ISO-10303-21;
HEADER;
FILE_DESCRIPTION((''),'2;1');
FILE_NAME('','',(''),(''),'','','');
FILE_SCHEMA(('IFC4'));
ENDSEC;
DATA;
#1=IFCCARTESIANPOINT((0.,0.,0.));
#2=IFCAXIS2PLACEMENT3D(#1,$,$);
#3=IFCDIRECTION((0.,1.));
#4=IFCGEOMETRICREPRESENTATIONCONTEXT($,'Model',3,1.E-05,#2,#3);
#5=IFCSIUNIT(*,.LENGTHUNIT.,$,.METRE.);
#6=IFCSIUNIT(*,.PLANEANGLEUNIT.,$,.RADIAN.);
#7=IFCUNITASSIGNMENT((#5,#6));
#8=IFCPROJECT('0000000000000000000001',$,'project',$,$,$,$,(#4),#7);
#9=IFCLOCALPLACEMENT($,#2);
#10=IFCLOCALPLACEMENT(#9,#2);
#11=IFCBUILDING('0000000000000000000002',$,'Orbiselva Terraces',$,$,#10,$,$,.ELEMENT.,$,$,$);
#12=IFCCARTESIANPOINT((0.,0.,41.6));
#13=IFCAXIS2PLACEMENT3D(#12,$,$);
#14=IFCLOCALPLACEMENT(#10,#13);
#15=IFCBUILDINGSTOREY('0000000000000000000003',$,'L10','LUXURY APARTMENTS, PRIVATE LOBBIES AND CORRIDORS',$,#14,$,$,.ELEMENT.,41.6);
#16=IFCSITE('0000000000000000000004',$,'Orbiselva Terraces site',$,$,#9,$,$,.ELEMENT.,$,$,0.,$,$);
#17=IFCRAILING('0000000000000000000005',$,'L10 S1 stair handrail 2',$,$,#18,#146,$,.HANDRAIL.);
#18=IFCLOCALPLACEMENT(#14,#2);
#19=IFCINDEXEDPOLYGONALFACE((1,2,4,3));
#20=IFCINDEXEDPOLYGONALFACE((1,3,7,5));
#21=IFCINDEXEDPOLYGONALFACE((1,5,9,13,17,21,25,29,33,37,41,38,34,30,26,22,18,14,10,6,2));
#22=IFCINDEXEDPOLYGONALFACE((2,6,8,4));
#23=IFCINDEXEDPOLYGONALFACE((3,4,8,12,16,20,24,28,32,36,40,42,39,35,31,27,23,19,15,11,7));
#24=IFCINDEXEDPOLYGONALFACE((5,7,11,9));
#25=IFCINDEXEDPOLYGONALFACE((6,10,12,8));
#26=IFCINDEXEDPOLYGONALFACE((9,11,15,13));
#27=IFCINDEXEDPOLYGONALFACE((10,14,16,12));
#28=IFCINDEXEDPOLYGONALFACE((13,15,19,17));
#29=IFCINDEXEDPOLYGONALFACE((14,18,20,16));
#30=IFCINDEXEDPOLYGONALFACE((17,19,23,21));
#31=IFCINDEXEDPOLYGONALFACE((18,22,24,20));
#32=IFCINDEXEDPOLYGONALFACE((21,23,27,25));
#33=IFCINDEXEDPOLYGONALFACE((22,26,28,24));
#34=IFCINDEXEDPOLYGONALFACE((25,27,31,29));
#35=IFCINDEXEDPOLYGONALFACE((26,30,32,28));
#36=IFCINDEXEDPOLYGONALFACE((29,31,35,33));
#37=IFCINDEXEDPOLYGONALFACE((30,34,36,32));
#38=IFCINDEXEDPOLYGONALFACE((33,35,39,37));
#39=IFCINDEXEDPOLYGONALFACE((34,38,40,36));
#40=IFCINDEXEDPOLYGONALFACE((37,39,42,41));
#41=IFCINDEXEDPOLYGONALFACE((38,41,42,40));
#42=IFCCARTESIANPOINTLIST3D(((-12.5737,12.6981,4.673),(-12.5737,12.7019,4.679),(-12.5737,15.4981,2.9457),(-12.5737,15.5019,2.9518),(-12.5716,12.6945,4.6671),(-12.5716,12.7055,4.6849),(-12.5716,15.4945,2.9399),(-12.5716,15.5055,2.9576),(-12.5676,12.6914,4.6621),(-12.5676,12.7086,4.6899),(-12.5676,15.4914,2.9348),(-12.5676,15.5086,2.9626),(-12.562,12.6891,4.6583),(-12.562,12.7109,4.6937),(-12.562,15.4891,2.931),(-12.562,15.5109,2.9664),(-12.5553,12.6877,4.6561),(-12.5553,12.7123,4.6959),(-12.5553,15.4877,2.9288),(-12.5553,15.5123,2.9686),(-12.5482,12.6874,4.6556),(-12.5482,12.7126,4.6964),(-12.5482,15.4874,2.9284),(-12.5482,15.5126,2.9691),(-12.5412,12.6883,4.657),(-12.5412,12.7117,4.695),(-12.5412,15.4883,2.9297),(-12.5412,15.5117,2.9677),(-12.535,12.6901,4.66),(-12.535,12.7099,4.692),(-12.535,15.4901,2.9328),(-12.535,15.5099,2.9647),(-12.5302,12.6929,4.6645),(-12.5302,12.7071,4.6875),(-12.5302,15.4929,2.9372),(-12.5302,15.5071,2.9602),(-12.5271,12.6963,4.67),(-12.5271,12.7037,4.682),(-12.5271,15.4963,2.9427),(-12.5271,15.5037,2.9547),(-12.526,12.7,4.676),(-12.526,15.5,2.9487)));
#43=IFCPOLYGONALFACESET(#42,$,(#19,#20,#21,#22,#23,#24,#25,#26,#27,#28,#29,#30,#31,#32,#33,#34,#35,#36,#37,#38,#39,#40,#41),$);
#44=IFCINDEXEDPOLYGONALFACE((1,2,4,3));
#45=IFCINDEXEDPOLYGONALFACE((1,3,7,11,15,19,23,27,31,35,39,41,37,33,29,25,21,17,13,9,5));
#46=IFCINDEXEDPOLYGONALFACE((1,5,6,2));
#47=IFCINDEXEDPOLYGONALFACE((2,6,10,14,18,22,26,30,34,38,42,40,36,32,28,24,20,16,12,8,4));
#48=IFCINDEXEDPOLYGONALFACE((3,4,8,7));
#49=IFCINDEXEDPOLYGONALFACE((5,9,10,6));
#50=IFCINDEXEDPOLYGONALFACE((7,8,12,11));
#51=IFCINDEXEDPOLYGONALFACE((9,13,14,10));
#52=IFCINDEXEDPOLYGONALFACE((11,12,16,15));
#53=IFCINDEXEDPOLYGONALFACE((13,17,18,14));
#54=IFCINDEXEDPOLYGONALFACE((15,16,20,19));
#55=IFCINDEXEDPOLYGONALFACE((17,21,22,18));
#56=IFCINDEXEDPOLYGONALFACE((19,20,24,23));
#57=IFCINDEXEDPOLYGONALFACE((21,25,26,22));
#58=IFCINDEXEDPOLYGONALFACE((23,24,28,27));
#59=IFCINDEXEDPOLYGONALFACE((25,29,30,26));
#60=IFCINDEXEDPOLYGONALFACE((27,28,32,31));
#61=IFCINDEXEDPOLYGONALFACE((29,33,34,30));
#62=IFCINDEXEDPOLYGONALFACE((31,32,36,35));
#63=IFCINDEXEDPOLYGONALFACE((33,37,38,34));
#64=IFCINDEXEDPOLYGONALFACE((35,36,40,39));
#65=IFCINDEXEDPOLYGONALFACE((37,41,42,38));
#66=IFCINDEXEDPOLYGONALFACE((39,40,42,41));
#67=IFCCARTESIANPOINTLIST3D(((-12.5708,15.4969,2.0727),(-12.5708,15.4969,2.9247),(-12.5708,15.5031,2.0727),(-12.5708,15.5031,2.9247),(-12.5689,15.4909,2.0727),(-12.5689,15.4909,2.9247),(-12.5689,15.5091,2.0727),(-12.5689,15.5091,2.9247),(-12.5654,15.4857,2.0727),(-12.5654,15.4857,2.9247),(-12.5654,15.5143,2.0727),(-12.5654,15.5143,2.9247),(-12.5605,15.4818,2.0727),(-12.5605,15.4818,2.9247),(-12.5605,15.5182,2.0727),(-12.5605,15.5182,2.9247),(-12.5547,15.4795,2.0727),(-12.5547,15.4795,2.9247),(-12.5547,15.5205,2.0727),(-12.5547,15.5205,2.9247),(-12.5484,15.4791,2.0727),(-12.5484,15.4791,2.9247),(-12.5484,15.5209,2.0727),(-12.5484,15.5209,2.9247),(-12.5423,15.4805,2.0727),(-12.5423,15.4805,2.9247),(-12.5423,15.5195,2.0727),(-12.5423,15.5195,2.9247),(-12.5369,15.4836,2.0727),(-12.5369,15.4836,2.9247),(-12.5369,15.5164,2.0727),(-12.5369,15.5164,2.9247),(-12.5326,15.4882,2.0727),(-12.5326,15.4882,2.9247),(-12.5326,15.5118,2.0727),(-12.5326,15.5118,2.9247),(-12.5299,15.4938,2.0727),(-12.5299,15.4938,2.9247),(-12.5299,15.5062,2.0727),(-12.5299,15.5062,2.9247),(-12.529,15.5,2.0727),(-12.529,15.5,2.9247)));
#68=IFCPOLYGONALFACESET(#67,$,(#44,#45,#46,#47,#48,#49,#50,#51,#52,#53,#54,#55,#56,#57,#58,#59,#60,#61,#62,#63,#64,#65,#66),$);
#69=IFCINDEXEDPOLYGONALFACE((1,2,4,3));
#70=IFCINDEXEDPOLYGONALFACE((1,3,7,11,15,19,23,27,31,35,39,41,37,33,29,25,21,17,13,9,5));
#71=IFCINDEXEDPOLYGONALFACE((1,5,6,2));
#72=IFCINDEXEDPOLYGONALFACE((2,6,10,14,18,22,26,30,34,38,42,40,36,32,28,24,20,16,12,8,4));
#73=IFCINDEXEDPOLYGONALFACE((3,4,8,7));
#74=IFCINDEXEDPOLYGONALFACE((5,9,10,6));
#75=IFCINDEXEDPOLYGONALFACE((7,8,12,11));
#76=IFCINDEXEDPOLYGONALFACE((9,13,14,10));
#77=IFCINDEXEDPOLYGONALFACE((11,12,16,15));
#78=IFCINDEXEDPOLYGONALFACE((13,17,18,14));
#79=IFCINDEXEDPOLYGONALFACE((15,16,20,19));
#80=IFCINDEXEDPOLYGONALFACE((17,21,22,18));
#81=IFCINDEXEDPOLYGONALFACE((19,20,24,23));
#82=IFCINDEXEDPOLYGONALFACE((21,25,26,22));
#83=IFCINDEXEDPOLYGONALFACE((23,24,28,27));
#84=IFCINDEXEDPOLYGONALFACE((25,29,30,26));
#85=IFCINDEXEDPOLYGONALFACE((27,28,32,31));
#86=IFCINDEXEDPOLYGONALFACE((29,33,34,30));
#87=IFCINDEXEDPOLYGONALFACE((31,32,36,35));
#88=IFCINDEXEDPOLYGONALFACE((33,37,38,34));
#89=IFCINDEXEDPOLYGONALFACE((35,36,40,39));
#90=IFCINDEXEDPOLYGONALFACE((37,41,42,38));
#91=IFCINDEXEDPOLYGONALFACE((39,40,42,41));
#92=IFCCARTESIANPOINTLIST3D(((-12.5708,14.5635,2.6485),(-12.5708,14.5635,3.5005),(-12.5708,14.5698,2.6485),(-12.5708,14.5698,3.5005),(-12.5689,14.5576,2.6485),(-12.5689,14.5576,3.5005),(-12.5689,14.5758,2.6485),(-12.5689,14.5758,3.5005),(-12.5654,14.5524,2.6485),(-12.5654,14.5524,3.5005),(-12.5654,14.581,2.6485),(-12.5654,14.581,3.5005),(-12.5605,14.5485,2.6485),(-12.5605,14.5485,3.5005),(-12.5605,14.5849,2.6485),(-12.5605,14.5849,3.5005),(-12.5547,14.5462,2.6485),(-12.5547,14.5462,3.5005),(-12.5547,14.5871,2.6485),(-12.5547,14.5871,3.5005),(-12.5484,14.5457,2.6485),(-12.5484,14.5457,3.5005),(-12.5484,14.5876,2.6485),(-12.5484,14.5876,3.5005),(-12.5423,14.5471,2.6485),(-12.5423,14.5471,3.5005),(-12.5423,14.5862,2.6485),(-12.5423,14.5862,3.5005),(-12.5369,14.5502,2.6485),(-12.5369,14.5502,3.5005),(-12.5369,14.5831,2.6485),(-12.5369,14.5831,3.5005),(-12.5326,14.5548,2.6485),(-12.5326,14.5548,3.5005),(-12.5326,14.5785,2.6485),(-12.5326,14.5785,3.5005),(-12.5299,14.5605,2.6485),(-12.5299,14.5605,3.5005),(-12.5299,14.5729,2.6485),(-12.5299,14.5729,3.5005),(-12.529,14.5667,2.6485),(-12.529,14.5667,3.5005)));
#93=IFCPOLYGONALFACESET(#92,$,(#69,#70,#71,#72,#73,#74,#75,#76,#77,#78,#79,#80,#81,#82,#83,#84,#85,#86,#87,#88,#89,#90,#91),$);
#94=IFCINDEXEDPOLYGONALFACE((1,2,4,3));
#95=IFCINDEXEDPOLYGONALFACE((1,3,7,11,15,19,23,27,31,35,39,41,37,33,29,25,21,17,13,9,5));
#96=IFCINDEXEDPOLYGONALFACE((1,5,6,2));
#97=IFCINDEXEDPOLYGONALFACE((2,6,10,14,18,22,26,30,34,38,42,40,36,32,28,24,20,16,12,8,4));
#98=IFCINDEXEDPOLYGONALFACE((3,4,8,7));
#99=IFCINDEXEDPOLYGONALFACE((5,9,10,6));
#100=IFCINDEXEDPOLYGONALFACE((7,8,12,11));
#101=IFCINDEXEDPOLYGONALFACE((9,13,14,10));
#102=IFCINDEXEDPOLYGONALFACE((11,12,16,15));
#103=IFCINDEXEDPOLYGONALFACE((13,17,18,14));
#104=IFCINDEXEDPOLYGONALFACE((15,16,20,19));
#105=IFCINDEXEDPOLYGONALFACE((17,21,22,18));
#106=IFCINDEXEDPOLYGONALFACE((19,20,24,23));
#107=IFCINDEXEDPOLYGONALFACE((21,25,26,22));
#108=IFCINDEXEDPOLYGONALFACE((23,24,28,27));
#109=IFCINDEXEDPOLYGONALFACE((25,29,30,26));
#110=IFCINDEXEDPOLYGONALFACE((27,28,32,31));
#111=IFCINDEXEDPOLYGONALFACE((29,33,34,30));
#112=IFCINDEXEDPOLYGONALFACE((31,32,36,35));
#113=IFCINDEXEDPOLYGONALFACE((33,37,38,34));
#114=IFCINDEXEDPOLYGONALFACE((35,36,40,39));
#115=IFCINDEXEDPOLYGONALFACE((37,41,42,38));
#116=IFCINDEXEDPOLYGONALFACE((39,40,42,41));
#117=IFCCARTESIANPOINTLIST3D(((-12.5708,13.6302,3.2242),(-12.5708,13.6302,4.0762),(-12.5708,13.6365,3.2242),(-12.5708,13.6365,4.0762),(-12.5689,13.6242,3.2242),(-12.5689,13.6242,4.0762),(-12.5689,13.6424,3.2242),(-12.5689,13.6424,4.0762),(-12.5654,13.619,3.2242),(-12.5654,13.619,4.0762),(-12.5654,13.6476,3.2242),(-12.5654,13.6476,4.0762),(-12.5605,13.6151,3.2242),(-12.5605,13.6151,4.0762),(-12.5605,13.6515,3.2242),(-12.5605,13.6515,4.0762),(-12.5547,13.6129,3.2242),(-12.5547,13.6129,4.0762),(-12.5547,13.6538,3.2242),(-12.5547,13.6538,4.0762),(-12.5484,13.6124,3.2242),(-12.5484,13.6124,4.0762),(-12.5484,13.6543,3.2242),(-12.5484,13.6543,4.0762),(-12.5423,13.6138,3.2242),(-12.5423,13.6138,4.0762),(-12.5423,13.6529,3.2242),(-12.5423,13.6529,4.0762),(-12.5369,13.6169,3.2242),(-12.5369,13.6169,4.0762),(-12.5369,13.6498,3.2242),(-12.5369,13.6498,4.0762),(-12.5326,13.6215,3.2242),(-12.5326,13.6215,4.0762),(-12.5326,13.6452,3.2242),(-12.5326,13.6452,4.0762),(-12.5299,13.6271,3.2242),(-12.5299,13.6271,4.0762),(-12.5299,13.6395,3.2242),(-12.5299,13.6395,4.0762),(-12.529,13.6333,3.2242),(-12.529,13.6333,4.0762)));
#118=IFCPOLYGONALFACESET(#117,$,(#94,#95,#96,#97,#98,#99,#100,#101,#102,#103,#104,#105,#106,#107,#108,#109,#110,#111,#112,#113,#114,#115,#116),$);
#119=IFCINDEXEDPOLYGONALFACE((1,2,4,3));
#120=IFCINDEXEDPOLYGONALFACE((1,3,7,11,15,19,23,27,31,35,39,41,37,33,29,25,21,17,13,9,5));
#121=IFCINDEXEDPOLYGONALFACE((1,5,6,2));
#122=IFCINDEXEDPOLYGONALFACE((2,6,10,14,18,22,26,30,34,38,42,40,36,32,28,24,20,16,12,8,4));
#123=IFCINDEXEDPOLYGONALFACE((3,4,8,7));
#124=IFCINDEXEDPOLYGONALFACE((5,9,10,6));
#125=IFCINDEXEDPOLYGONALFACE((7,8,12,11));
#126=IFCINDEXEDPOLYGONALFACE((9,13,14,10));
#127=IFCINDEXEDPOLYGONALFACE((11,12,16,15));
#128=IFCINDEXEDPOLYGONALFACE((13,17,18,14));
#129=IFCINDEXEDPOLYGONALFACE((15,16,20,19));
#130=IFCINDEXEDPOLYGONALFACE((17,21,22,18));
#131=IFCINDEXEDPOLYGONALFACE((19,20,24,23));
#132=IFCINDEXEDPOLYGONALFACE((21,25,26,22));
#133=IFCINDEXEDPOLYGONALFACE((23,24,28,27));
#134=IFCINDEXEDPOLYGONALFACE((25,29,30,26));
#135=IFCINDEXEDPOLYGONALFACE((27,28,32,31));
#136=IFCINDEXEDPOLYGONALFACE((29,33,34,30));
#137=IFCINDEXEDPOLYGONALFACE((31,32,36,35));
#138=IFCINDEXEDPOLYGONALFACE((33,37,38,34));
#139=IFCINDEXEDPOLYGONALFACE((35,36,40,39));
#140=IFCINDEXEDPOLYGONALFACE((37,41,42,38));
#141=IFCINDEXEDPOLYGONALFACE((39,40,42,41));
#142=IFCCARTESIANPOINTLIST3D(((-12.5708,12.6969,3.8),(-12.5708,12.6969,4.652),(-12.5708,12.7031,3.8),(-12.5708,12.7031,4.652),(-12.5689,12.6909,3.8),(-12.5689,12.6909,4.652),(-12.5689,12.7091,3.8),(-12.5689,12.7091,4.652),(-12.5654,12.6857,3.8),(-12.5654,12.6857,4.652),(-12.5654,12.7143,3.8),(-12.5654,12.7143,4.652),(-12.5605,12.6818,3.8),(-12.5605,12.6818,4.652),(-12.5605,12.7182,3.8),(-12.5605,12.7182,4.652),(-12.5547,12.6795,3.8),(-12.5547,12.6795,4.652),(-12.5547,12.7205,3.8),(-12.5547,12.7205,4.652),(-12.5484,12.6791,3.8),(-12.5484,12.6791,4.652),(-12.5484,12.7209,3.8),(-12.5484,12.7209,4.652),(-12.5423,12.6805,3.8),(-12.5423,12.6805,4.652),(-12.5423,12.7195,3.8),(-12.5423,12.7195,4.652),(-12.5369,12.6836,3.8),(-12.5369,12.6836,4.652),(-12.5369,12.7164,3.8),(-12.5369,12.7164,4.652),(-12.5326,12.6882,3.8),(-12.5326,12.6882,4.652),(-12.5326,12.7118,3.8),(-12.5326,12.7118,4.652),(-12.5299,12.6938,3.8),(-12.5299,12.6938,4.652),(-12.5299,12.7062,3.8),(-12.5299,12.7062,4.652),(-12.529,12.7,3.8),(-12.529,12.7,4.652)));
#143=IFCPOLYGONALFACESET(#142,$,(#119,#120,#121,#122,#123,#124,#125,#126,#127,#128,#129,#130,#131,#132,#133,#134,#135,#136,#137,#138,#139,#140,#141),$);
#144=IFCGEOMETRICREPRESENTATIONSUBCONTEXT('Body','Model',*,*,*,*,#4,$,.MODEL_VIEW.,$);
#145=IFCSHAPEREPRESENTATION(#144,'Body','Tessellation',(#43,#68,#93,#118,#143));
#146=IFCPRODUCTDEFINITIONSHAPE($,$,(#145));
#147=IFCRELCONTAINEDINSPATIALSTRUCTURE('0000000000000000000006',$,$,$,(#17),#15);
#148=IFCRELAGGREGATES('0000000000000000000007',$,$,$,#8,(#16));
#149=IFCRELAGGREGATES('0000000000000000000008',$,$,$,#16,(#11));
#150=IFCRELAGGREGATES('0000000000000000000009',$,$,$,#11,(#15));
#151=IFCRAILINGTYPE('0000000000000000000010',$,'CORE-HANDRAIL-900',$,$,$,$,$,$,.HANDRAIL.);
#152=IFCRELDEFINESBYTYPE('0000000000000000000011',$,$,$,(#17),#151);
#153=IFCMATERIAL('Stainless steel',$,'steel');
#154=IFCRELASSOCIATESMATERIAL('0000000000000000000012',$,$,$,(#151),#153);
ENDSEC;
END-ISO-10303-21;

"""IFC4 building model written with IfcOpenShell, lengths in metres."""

from ifc_helpers import new_model, si_unit, direction, frame, origin, origin_2d, place, context, subcontext, project, spatial, circle, extrude, material, type_object, element, save


model = new_model("IFC4")

# Units and contexts
model_context = context("Model", 3, precision=1e-05, world=origin(), true_north=direction((0.0, 1.0)))
body_context = subcontext(model_context, "Body", "Model", "MODEL_VIEW")
ifc_project = project(units=[si_unit("LENGTHUNIT", "METRE"), si_unit("PLANEANGLEUNIT", "RADIAN")], contexts=[model_context])

# Site, building, storey
site_placement = place(None, origin())
site = spatial("IfcSite", under=ifc_project, at=site_placement, Name="Orbiselva Terraces site", CompositionType="ELEMENT", RefElevation=0.0)
building_placement = place(site_placement, origin())
building = spatial("IfcBuilding", under=site, at=building_placement, Name="Orbiselva Terraces", CompositionType="ELEMENT")
storey_placement = place(building_placement, frame((0.0, 0.0, 41.6)))
storey = spatial("IfcBuildingStorey", under=building, at=storey_placement, Name="L10", Description="LUXURY APARTMENTS, PRIVATE LOBBIES AND CORRIDORS", CompositionType="ELEMENT", Elevation=41.6)

# Railing
ifc_material_1 = material(Name="Stainless steel", Category="steel")
railing_type_1 = type_object("IfcRailingType", Name="CORE-HANDRAIL-900", PredefinedType="HANDRAIL", material=ifc_material_1)
railing_1_placement = place(storey_placement, frame((-12.55, 15.5, 2.0727)))
element("IfcRailing", 1, at=railing_1_placement, inside=storey, type_object=railing_type_1, Name="L10 S1 stair handrail 2", PredefinedType="HANDRAIL", context=body_context, shape_type="SweptSolid", body=[
    extrude(circle(Radius=0.024, at=origin_2d()), frame((0.0, 0.0, 0.876), z_axis=(0.0, -0.851089, 0.525022), x_axis=(1.0, 0.0, 0.0)), (0.0, 0.0, 1.0), 3.2899),
    extrude(circle(Radius=0.021, at=origin_2d()), origin(), (0.0, 0.0, 1.0), 0.852),
    extrude(circle(Radius=0.021, at=origin_2d()), frame((0.0, -0.9333, 0.5758)), (0.0, 0.0, 1.0), 0.852),
    extrude(circle(Radius=0.021, at=origin_2d()), frame((0.0, -1.8667, 1.1515)), (0.0, 0.0, 1.0), 0.852),
    extrude(circle(Radius=0.021, at=origin_2d()), frame((0.0, -2.8, 1.7273)), (0.0, 0.0, 1.0), 0.852),
])

save(model, "model.ifc")
